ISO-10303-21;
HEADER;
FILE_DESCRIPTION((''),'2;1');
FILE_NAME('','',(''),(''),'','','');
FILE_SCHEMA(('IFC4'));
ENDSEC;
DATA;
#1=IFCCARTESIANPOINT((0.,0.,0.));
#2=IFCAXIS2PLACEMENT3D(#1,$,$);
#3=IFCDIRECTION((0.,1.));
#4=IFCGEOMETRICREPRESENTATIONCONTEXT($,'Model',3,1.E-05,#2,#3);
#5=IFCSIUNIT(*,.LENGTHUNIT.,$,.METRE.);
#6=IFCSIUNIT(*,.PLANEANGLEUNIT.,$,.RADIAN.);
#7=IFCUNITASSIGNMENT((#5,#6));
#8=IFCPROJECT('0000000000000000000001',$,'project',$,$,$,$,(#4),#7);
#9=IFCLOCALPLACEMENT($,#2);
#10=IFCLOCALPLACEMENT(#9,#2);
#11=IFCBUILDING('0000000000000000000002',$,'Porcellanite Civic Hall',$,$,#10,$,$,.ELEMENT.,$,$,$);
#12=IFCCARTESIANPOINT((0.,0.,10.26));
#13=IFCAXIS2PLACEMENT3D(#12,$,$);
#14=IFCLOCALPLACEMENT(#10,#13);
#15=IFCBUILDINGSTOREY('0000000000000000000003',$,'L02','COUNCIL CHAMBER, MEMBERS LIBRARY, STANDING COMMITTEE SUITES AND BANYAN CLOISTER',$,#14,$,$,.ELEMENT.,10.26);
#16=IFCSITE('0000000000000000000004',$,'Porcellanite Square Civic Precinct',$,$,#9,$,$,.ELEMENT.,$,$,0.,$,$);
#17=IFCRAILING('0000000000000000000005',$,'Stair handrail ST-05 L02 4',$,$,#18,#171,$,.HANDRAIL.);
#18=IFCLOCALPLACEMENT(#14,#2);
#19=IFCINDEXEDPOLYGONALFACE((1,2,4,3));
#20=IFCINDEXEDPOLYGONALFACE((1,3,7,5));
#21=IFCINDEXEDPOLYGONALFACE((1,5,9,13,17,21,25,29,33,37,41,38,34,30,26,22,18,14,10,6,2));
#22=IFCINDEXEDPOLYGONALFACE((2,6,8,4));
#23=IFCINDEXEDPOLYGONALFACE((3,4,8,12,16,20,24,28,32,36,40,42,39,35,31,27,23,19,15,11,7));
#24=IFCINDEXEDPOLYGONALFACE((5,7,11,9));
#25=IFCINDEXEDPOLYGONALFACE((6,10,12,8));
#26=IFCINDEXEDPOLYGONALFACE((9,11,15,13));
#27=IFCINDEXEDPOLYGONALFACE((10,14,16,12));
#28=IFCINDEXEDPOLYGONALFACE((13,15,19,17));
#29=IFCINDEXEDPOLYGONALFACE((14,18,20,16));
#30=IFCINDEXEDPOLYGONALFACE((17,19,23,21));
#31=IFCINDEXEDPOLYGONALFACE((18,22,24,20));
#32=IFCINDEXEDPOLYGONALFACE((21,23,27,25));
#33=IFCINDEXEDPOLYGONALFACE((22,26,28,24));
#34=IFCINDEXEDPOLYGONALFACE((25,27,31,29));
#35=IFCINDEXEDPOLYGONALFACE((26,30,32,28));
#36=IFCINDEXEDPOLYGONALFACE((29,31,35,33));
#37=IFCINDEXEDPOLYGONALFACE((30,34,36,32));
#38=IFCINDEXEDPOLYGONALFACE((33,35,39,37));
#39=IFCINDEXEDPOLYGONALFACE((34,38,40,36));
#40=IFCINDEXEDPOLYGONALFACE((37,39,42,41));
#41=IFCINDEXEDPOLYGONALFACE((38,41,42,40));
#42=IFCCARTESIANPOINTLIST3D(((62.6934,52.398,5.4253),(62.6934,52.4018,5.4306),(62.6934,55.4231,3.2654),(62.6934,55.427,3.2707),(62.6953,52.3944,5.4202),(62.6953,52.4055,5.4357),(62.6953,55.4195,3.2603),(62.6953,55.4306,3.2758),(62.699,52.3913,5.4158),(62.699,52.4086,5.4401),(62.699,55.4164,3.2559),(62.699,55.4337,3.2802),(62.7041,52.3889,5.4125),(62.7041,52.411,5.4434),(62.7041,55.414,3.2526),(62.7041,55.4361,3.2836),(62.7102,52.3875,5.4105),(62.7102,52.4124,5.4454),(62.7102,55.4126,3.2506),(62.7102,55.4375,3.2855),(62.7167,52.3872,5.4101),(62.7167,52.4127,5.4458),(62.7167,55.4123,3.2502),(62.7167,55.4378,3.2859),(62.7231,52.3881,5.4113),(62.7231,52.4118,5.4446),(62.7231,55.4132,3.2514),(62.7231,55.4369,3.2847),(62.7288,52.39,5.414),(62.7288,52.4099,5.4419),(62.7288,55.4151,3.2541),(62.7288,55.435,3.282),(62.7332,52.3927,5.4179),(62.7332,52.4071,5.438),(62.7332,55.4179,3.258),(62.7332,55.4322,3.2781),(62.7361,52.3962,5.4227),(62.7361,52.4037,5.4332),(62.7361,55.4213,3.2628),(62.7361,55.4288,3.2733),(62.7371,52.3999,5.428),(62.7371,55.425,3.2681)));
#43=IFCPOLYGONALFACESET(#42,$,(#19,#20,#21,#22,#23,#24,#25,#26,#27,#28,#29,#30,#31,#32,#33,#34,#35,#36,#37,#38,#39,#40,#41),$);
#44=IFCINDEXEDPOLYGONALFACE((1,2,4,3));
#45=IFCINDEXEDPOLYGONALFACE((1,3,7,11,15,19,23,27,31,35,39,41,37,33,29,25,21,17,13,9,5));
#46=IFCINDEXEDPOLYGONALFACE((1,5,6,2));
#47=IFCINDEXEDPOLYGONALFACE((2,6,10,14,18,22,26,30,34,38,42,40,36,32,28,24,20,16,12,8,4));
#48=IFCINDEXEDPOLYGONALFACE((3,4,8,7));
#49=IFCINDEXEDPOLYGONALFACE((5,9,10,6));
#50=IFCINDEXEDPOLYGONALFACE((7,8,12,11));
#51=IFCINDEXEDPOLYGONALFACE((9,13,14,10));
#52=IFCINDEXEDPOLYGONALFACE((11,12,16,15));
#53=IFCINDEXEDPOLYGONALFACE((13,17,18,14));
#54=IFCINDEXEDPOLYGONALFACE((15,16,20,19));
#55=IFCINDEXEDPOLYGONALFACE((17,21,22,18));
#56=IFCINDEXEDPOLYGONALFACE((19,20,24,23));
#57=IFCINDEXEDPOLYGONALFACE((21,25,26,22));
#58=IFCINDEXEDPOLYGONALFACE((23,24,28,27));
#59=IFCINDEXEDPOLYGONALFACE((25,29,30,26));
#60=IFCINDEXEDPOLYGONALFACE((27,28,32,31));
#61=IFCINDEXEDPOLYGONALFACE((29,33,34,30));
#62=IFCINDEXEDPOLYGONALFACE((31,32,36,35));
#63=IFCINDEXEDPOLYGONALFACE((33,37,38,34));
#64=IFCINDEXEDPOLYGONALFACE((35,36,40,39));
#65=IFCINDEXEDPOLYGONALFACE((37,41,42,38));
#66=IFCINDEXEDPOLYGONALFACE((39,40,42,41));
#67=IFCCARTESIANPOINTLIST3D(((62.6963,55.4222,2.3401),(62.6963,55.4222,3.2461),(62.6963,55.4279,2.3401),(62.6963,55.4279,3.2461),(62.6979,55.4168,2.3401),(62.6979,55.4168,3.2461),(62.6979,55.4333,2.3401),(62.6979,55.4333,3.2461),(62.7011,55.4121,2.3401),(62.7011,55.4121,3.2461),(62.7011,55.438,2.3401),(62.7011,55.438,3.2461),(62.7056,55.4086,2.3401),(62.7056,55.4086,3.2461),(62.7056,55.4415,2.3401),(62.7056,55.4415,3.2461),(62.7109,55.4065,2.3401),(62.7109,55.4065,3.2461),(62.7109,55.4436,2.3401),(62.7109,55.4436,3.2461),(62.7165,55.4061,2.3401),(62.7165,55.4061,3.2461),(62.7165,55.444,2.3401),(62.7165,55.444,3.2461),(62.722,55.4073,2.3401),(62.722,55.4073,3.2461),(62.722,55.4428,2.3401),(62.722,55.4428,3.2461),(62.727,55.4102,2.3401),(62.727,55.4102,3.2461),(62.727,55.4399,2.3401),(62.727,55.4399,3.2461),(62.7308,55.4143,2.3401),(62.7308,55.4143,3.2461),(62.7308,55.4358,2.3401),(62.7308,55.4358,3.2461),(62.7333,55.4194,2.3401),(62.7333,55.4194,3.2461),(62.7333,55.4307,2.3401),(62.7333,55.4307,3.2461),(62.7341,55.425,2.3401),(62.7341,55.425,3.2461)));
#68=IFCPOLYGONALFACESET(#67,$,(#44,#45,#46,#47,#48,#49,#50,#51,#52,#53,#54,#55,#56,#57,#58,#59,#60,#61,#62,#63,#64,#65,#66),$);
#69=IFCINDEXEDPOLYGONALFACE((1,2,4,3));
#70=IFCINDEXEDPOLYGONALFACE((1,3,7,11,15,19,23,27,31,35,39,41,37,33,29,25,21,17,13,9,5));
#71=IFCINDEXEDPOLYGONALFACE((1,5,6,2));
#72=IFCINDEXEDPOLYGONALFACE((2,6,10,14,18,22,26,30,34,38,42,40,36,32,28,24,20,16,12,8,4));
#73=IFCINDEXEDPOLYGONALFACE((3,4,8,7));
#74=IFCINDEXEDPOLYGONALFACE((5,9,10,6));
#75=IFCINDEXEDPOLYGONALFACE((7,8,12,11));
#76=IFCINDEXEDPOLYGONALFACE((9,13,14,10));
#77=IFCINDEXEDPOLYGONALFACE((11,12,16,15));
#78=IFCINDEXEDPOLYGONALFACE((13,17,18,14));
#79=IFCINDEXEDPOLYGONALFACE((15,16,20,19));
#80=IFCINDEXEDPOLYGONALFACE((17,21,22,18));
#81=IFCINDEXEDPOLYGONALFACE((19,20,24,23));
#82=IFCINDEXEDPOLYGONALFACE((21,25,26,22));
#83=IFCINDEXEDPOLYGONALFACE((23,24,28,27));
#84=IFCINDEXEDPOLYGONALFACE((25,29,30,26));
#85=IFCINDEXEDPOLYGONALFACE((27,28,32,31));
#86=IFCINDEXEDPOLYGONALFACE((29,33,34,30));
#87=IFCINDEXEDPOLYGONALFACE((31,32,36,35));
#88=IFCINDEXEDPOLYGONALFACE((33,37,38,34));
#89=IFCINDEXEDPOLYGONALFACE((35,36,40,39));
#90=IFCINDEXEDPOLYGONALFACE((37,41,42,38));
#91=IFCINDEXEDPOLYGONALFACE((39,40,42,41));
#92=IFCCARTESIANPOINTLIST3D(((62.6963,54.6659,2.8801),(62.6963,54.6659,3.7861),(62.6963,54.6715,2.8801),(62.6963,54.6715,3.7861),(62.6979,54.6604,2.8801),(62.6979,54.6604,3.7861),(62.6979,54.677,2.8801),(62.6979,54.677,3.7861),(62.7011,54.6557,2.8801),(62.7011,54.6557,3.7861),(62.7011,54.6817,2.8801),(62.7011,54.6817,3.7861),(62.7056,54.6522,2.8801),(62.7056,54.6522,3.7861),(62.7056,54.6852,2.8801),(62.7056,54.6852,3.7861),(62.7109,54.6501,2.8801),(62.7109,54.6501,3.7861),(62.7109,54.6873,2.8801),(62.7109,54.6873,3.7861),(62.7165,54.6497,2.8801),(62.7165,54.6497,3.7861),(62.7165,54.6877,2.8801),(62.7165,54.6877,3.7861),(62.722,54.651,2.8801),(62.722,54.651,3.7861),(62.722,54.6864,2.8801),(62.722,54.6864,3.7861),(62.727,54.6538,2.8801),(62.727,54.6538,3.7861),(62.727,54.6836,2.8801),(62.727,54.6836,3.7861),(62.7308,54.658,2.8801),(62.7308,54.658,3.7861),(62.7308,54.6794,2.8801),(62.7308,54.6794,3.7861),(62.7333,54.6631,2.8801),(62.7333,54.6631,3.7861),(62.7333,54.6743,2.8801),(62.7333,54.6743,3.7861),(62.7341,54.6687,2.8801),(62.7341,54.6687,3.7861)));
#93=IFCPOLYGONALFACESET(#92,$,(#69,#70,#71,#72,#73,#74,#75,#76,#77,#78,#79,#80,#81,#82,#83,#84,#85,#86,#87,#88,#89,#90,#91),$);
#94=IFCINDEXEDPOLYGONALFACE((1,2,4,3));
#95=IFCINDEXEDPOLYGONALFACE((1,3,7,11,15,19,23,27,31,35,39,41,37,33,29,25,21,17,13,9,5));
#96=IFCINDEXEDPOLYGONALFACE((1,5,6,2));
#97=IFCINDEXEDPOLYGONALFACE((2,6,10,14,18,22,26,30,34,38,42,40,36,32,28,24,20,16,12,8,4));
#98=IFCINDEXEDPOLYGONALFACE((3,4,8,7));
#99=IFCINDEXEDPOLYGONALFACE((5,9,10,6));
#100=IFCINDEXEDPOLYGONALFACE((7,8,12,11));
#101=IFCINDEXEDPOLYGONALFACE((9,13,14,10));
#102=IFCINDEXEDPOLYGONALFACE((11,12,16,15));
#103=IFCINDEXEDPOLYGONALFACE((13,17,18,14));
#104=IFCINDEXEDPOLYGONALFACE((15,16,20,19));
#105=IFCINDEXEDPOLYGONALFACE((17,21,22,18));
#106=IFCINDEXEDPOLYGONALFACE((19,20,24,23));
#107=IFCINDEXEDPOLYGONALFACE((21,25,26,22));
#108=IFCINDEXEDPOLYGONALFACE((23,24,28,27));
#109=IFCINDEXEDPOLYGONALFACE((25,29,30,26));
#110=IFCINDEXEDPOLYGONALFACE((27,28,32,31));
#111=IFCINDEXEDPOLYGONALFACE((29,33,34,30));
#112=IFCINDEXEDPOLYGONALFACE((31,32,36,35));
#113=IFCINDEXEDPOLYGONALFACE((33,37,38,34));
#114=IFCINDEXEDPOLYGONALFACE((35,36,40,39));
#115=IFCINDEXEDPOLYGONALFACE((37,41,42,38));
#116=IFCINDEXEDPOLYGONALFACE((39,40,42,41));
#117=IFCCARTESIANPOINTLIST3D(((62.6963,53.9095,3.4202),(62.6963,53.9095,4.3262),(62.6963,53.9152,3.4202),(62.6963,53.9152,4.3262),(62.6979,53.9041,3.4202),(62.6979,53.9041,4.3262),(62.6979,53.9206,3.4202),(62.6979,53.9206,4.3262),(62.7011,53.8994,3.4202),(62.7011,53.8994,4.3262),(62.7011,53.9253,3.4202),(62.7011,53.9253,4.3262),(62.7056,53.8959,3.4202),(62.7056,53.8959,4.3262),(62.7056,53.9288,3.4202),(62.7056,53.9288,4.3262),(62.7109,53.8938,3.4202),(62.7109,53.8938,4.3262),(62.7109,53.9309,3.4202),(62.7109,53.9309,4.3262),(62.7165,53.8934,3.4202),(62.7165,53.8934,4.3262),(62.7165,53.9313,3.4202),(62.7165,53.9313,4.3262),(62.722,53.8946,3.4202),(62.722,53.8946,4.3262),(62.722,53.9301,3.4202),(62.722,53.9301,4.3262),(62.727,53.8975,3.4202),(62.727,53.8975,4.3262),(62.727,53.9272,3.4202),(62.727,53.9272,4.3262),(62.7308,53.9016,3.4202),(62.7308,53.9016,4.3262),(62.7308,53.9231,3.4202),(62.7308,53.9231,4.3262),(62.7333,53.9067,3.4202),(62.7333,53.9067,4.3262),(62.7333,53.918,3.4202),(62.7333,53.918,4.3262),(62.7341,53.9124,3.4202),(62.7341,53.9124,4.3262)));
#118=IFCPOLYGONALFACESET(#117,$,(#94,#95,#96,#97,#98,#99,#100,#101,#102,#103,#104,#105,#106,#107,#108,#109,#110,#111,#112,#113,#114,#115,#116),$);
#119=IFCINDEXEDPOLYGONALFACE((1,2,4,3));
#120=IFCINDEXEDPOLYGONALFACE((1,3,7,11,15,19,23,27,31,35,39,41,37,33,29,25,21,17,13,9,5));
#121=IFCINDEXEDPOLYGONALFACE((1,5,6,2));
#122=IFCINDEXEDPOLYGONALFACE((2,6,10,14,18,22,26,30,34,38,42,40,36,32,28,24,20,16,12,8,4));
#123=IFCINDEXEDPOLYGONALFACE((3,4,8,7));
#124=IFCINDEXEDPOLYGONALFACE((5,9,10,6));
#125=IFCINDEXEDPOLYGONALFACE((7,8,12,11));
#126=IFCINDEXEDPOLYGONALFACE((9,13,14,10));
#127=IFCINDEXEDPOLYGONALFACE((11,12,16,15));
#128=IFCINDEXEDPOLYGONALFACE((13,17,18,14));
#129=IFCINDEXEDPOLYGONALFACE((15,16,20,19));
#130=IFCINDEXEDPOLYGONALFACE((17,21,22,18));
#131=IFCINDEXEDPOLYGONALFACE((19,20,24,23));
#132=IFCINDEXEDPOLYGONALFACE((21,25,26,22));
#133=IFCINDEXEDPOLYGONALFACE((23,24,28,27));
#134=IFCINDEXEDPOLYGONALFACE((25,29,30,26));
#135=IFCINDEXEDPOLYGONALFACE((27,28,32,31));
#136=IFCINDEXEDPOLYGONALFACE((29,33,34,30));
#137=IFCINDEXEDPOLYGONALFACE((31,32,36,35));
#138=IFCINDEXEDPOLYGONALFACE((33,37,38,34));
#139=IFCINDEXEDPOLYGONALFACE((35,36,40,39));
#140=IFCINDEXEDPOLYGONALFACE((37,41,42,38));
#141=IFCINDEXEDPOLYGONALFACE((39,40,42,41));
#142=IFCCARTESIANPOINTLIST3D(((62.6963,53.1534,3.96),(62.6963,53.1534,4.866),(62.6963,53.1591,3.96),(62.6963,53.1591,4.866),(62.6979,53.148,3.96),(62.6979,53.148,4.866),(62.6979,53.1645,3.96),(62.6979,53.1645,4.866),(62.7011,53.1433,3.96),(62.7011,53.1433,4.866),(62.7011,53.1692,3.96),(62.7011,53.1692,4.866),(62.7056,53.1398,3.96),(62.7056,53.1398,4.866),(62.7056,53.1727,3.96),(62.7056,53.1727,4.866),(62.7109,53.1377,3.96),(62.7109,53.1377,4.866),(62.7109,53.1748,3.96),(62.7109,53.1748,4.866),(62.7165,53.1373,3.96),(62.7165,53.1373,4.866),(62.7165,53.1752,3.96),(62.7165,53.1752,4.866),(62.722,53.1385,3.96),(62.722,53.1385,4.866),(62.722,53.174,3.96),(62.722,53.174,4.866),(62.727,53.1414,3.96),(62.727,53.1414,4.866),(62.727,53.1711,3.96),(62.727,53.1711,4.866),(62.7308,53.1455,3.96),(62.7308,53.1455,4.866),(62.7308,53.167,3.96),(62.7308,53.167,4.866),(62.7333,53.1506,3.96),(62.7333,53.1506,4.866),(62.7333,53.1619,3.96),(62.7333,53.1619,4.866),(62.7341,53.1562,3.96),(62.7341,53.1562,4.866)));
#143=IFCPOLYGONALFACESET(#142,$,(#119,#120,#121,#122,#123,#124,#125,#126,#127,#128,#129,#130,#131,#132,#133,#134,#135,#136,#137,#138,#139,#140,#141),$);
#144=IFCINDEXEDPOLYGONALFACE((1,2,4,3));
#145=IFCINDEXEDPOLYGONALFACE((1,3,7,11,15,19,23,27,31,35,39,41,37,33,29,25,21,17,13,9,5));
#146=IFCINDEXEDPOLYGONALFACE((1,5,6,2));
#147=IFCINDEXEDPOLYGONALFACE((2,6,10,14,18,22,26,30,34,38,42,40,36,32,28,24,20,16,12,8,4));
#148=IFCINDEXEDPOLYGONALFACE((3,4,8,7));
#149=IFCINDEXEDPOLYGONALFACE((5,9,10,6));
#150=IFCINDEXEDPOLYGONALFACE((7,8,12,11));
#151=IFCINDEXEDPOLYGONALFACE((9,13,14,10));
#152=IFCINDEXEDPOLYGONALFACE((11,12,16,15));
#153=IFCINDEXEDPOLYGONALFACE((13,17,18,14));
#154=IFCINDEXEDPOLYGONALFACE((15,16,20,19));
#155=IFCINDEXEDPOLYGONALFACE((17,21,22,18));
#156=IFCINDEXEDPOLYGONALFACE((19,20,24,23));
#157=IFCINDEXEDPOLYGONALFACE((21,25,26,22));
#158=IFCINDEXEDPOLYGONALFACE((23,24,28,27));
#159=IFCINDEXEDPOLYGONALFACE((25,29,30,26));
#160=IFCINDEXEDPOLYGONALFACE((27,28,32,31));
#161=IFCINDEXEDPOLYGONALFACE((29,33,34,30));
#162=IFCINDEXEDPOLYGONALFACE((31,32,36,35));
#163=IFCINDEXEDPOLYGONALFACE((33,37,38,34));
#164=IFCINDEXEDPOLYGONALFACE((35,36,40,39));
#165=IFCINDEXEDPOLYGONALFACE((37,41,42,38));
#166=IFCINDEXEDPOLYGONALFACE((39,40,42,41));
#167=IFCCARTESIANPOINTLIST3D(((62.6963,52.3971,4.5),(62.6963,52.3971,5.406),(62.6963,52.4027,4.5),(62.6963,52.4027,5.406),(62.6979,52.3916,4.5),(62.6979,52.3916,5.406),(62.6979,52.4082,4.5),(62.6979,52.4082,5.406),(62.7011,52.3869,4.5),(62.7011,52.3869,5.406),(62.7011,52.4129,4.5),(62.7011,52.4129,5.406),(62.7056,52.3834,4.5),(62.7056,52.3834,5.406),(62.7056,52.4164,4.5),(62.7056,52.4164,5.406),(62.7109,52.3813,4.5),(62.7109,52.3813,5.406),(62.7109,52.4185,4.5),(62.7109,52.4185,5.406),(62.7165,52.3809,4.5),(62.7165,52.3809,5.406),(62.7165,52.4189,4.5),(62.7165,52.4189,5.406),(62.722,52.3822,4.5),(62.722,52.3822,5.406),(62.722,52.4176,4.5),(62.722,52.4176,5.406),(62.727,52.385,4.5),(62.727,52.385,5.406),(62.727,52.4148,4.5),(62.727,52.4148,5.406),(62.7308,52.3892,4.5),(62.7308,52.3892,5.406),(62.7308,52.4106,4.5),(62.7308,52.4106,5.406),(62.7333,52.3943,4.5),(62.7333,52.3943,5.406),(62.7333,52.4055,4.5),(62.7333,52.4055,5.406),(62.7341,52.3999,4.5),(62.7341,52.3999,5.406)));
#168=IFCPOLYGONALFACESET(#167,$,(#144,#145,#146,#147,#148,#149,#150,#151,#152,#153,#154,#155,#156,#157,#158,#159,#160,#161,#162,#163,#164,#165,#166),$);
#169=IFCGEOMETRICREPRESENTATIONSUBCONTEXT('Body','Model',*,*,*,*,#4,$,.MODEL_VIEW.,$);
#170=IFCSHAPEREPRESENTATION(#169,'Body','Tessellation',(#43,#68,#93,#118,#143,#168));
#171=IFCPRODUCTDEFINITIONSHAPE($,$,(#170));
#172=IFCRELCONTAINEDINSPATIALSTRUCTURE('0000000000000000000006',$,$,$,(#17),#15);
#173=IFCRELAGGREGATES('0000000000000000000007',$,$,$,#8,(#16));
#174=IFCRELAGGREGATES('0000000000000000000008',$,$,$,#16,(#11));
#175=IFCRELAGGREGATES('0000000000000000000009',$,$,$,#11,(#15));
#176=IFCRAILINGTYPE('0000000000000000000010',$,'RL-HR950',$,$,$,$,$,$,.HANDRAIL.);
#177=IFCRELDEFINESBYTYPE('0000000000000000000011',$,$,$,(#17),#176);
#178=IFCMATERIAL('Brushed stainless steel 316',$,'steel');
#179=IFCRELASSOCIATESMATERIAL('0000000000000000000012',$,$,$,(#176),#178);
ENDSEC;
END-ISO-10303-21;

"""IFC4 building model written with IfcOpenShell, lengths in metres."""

from ifc_helpers import new_model, si_unit, direction, frame, origin, origin_2d, place, context, subcontext, project, spatial, circle, extrude, material, type_object, element, save


model = new_model("IFC4")

# Units and contexts
model_context = context("Model", 3, precision=1e-05, world=origin(), true_north=direction((0.0, 1.0)))
body_context = subcontext(model_context, "Body", "Model", "MODEL_VIEW")
ifc_project = project(units=[si_unit("LENGTHUNIT", "METRE"), si_unit("PLANEANGLEUNIT", "RADIAN")], contexts=[model_context])

# Site, building, storey
site_placement = place(None, origin())
site = spatial("IfcSite", under=ifc_project, at=site_placement, Name="Porcellanite Square Civic Precinct", CompositionType="ELEMENT", RefElevation=0.0)
building_placement = place(site_placement, origin())
building = spatial("IfcBuilding", under=site, at=building_placement, Name="Porcellanite Civic Hall", CompositionType="ELEMENT")
storey_placement = place(building_placement, frame((0.0, 0.0, 10.26)))
storey = spatial("IfcBuildingStorey", under=building, at=storey_placement, Name="L02", Description="COUNCIL CHAMBER, MEMBERS LIBRARY, STANDING COMMITTEE SUITES AND BANYAN CLOISTER", CompositionType="ELEMENT", Elevation=10.26)

# Railing
ifc_material_1 = material(Name="Brushed stainless steel 316", Category="steel")
railing_type_1 = type_object("IfcRailingType", Name="RL-HR950", PredefinedType="HANDRAIL", material=ifc_material_1)
railing_1_placement = place(storey_placement, frame((62.7151, 55.425, 2.3401)))
element("IfcRailing", 1, at=railing_1_placement, inside=storey, type_object=railing_type_1, Name="Stair handrail ST-05 L02 4", PredefinedType="HANDRAIL", context=body_context, shape_type="SweptSolid", body=[
    extrude(circle(Radius=0.022, at=origin_2d()), frame((0.0, 0.0, 0.928), z_axis=(0.0, -0.813849, 0.581077), x_axis=(1.0, 0.0, 0.0)), (0.0, 0.0, 1.0), 3.717),
    extrude(circle(Radius=0.019, at=origin_2d()), origin(), (0.0, 0.0, 1.0), 0.906),
    extrude(circle(Radius=0.019, at=origin_2d()), frame((0.0, -0.7563, 0.54)), (0.0, 0.0, 1.0), 0.906),
    extrude(circle(Radius=0.019, at=origin_2d()), frame((0.0, -1.5127, 1.0801)), (0.0, 0.0, 1.0), 0.906),
    extrude(circle(Radius=0.019, at=origin_2d()), frame((0.0, -2.2688, 1.6199)), (0.0, 0.0, 1.0), 0.906),
    extrude(circle(Radius=0.019, at=origin_2d()), frame((0.0, -3.0251, 2.1599)), (0.0, 0.0, 1.0), 0.906),
])

save(model, "model.ifc")
